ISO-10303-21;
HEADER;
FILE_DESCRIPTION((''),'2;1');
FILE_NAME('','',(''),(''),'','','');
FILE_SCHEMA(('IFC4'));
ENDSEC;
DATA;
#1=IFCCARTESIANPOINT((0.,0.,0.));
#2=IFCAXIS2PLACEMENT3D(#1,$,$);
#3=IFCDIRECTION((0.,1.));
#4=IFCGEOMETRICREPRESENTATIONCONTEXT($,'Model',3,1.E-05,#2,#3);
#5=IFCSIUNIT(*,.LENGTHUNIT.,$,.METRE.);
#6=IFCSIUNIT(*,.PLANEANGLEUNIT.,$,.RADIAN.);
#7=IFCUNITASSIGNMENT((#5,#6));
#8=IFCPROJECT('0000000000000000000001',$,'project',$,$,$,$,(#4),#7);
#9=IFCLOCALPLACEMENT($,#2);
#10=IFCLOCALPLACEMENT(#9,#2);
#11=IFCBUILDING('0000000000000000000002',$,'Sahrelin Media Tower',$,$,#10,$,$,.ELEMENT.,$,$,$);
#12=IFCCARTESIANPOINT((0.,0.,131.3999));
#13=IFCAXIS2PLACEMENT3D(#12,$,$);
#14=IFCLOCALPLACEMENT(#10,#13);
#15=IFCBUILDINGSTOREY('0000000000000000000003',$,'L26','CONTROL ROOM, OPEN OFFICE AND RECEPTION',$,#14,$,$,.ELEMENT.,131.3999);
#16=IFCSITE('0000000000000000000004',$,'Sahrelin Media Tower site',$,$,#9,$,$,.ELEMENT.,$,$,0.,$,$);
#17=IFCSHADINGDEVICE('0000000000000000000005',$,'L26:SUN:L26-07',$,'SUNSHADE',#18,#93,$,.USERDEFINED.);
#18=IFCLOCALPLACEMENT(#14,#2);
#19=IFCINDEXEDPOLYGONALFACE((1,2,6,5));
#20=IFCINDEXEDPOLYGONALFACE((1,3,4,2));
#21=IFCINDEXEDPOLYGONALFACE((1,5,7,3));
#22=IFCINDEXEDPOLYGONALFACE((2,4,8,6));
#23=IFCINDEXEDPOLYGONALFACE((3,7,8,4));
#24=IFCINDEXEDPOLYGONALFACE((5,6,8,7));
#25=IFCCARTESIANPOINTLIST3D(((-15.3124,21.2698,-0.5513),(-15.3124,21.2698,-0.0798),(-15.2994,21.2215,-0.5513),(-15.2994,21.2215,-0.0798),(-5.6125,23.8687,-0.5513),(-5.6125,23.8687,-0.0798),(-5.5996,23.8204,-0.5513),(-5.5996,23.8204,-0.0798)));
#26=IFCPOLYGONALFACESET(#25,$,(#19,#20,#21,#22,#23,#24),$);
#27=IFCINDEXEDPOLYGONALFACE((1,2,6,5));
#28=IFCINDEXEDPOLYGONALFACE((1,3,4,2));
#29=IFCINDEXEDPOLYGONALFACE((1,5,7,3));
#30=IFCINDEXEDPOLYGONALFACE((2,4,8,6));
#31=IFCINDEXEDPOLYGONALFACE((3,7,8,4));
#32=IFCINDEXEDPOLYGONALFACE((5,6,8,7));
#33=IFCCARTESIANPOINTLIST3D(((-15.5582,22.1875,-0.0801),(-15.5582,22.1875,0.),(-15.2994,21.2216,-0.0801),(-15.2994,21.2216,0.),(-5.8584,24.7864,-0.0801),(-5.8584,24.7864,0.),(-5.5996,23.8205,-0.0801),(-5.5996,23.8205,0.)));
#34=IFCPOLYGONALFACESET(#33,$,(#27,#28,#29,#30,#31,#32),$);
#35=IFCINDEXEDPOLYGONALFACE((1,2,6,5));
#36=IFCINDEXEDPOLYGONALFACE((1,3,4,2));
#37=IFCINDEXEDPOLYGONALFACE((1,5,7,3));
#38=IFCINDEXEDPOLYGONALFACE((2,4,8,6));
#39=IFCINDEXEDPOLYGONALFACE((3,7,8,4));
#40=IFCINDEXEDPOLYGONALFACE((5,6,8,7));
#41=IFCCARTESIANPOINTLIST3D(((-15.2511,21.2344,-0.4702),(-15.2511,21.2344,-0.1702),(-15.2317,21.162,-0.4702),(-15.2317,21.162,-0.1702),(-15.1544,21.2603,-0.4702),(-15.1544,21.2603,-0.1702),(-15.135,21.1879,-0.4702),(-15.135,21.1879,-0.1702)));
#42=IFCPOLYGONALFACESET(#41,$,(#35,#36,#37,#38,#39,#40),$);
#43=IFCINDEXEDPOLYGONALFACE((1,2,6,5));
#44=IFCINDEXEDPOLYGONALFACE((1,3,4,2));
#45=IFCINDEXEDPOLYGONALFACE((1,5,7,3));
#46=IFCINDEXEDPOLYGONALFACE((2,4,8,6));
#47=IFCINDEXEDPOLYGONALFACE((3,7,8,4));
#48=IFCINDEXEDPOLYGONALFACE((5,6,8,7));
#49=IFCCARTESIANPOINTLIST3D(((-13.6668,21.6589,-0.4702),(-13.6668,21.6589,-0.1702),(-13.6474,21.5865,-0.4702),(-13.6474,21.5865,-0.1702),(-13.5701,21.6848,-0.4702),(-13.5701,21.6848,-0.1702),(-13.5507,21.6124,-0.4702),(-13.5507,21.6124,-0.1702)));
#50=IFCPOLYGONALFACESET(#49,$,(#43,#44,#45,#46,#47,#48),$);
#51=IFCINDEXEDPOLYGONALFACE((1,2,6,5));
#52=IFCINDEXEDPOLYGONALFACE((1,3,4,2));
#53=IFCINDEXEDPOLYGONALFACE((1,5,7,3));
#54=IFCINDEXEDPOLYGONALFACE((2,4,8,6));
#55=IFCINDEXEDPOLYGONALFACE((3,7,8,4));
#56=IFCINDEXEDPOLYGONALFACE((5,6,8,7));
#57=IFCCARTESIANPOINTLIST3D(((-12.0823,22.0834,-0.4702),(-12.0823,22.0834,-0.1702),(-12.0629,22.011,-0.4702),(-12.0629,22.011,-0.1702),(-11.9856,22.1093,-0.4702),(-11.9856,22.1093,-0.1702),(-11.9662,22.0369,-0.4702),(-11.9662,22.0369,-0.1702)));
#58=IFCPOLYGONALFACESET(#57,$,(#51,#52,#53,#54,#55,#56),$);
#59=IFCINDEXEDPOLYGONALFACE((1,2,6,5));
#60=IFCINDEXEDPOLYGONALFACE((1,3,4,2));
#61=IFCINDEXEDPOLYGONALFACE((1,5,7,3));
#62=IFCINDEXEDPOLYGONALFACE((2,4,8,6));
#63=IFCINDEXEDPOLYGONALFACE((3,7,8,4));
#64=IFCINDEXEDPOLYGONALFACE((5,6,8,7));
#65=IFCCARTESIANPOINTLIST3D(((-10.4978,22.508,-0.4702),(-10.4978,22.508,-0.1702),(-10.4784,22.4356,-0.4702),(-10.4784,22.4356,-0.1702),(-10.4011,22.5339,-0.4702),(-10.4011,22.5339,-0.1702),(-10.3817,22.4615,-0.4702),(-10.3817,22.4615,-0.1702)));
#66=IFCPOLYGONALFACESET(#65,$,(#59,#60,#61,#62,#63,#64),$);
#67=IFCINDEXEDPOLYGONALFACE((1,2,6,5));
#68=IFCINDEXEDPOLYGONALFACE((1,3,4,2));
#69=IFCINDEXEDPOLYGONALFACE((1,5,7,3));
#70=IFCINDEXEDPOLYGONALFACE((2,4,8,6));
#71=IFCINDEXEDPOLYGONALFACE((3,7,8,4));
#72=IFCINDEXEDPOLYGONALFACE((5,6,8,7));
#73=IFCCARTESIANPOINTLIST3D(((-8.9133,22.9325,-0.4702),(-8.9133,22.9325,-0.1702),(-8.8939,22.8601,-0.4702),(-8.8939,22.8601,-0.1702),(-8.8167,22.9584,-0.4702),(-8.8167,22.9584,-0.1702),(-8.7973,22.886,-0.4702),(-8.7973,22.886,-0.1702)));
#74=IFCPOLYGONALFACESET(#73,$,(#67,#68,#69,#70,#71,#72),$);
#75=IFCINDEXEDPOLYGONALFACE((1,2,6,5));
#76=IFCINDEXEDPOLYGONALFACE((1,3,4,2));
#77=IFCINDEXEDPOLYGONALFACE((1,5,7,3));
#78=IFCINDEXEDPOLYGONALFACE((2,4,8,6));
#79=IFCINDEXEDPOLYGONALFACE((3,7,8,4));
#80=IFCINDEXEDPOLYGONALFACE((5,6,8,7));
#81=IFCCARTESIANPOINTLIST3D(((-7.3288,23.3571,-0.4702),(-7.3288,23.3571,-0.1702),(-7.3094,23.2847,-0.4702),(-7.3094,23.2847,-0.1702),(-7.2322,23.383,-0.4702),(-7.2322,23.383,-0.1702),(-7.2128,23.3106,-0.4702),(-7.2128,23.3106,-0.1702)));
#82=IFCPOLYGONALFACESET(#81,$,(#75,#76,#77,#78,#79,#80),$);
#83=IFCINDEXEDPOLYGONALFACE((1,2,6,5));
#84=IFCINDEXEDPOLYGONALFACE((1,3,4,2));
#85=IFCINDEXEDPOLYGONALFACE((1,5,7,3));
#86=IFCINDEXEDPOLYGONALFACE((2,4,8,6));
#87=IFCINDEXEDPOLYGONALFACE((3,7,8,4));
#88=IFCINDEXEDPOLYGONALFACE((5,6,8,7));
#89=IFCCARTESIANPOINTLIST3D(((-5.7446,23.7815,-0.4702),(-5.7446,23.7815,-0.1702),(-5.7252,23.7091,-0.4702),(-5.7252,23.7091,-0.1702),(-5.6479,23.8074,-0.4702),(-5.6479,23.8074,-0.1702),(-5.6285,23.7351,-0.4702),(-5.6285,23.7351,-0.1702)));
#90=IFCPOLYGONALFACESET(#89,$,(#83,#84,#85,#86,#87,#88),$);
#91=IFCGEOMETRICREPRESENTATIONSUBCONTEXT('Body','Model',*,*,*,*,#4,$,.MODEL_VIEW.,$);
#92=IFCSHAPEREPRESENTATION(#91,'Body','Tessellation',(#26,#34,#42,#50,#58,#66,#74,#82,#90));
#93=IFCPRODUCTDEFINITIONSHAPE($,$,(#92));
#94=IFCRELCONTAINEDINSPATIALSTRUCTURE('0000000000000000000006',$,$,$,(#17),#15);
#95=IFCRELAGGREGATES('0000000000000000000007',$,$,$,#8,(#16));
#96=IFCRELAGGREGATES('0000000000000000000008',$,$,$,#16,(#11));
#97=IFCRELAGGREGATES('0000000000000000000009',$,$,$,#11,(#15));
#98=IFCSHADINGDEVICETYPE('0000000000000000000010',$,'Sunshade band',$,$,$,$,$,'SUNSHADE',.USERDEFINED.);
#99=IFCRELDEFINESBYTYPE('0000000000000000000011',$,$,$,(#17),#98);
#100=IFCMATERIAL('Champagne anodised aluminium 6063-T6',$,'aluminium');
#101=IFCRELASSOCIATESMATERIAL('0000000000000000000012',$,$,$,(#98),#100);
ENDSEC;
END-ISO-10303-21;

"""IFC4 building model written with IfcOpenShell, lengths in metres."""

from ifc_helpers import new_model, si_unit, direction, frame, origin, origin_2d, place, context, subcontext, project, spatial, rectangle, extrude, material, type_object, element, save


model = new_model("IFC4")

# Units and contexts
model_context = context("Model", 3, precision=1e-05, world=origin(), true_north=direction((0.0, 1.0)))
body_context = subcontext(model_context, "Body", "Model", "MODEL_VIEW")
ifc_project = project(units=[si_unit("LENGTHUNIT", "METRE"), si_unit("PLANEANGLEUNIT", "RADIAN")], contexts=[model_context])

# Site, building, storey
site_placement = place(None, origin())
site = spatial("IfcSite", under=ifc_project, at=site_placement, Name="Sahrelin Media Tower site", CompositionType="ELEMENT", RefElevation=0.0)
building_placement = place(site_placement, origin())
building = spatial("IfcBuilding", under=site, at=building_placement, Name="Sahrelin Media Tower", CompositionType="ELEMENT")
storey_placement = place(building_placement, frame((0.0, 0.0, 131.3999)))
storey = spatial("IfcBuildingStorey", under=building, at=storey_placement, Name="L26", Description="CONTROL ROOM, OPEN OFFICE AND RECEPTION", CompositionType="ELEMENT", Elevation=131.3999)

# Shared definitions
ifc_material_1 = material(Name="Champagne anodised aluminium 6063-T6", Category="aluminium")

# Shading device
placement = place(storey_placement, frame((-10.4443, 22.5017, 0.0), z_axis=(0.0, 0.0, 1.0), x_axis=(0.965929, 0.258808, 0.0)))
shading_device_type_1 = type_object("IfcShadingDeviceType", Name="Sunshade band", ElementType="SUNSHADE", PredefinedType="USERDEFINED", material=ifc_material_1)
element("IfcShadingDevice", 1, at=placement, inside=storey, type_object=shading_device_type_1, Name="L26:SUN:L26-07", ObjectType="SUNSHADE", PredefinedType="USERDEFINED", context=body_context, shape_type="SweptSolid", body=[
    extrude(rectangle(XDim=10.042, YDim=0.05, at=origin_2d()), frame((0.0, 0.0449, -0.5513)), (0.0, 0.0, 1.0), 0.4714),
    extrude(rectangle(XDim=10.042, YDim=1.0, at=origin_2d()), frame((0.0, 0.52, -0.0801)), (0.0, 0.0, 1.0), 0.0801),
    extrude(rectangle(XDim=0.1001, YDim=0.075, at=origin_2d()), frame((-4.9209, -0.0176, -0.4702)), (0.0, 0.0, 1.0), 0.3),
    extrude(rectangle(XDim=0.1001, YDim=0.075, at=origin_2d()), frame((-3.2808, -0.0176, -0.4702)), (0.0, 0.0, 1.0), 0.3),
    extrude(rectangle(XDim=0.1001, YDim=0.075, at=origin_2d()), frame((-1.6404, -0.0176, -0.4702)), (0.0, 0.0, 1.0), 0.3),
    extrude(rectangle(XDim=0.1001, YDim=0.075, at=origin_2d()), frame((0.0, -0.0176, -0.4702)), (0.0, 0.0, 1.0), 0.3),
    extrude(rectangle(XDim=0.1001, YDim=0.075, at=origin_2d()), frame((1.6404, -0.0176, -0.4702)), (0.0, 0.0, 1.0), 0.3),
    extrude(rectangle(XDim=0.1001, YDim=0.075, at=origin_2d()), frame((3.2808, -0.0176, -0.4702)), (0.0, 0.0, 1.0), 0.3),
    extrude(rectangle(XDim=0.1001, YDim=0.075, at=origin_2d()), frame((4.9209, -0.0176, -0.4702)), (0.0, 0.0, 1.0), 0.3),
])

save(model, "model.ifc")
